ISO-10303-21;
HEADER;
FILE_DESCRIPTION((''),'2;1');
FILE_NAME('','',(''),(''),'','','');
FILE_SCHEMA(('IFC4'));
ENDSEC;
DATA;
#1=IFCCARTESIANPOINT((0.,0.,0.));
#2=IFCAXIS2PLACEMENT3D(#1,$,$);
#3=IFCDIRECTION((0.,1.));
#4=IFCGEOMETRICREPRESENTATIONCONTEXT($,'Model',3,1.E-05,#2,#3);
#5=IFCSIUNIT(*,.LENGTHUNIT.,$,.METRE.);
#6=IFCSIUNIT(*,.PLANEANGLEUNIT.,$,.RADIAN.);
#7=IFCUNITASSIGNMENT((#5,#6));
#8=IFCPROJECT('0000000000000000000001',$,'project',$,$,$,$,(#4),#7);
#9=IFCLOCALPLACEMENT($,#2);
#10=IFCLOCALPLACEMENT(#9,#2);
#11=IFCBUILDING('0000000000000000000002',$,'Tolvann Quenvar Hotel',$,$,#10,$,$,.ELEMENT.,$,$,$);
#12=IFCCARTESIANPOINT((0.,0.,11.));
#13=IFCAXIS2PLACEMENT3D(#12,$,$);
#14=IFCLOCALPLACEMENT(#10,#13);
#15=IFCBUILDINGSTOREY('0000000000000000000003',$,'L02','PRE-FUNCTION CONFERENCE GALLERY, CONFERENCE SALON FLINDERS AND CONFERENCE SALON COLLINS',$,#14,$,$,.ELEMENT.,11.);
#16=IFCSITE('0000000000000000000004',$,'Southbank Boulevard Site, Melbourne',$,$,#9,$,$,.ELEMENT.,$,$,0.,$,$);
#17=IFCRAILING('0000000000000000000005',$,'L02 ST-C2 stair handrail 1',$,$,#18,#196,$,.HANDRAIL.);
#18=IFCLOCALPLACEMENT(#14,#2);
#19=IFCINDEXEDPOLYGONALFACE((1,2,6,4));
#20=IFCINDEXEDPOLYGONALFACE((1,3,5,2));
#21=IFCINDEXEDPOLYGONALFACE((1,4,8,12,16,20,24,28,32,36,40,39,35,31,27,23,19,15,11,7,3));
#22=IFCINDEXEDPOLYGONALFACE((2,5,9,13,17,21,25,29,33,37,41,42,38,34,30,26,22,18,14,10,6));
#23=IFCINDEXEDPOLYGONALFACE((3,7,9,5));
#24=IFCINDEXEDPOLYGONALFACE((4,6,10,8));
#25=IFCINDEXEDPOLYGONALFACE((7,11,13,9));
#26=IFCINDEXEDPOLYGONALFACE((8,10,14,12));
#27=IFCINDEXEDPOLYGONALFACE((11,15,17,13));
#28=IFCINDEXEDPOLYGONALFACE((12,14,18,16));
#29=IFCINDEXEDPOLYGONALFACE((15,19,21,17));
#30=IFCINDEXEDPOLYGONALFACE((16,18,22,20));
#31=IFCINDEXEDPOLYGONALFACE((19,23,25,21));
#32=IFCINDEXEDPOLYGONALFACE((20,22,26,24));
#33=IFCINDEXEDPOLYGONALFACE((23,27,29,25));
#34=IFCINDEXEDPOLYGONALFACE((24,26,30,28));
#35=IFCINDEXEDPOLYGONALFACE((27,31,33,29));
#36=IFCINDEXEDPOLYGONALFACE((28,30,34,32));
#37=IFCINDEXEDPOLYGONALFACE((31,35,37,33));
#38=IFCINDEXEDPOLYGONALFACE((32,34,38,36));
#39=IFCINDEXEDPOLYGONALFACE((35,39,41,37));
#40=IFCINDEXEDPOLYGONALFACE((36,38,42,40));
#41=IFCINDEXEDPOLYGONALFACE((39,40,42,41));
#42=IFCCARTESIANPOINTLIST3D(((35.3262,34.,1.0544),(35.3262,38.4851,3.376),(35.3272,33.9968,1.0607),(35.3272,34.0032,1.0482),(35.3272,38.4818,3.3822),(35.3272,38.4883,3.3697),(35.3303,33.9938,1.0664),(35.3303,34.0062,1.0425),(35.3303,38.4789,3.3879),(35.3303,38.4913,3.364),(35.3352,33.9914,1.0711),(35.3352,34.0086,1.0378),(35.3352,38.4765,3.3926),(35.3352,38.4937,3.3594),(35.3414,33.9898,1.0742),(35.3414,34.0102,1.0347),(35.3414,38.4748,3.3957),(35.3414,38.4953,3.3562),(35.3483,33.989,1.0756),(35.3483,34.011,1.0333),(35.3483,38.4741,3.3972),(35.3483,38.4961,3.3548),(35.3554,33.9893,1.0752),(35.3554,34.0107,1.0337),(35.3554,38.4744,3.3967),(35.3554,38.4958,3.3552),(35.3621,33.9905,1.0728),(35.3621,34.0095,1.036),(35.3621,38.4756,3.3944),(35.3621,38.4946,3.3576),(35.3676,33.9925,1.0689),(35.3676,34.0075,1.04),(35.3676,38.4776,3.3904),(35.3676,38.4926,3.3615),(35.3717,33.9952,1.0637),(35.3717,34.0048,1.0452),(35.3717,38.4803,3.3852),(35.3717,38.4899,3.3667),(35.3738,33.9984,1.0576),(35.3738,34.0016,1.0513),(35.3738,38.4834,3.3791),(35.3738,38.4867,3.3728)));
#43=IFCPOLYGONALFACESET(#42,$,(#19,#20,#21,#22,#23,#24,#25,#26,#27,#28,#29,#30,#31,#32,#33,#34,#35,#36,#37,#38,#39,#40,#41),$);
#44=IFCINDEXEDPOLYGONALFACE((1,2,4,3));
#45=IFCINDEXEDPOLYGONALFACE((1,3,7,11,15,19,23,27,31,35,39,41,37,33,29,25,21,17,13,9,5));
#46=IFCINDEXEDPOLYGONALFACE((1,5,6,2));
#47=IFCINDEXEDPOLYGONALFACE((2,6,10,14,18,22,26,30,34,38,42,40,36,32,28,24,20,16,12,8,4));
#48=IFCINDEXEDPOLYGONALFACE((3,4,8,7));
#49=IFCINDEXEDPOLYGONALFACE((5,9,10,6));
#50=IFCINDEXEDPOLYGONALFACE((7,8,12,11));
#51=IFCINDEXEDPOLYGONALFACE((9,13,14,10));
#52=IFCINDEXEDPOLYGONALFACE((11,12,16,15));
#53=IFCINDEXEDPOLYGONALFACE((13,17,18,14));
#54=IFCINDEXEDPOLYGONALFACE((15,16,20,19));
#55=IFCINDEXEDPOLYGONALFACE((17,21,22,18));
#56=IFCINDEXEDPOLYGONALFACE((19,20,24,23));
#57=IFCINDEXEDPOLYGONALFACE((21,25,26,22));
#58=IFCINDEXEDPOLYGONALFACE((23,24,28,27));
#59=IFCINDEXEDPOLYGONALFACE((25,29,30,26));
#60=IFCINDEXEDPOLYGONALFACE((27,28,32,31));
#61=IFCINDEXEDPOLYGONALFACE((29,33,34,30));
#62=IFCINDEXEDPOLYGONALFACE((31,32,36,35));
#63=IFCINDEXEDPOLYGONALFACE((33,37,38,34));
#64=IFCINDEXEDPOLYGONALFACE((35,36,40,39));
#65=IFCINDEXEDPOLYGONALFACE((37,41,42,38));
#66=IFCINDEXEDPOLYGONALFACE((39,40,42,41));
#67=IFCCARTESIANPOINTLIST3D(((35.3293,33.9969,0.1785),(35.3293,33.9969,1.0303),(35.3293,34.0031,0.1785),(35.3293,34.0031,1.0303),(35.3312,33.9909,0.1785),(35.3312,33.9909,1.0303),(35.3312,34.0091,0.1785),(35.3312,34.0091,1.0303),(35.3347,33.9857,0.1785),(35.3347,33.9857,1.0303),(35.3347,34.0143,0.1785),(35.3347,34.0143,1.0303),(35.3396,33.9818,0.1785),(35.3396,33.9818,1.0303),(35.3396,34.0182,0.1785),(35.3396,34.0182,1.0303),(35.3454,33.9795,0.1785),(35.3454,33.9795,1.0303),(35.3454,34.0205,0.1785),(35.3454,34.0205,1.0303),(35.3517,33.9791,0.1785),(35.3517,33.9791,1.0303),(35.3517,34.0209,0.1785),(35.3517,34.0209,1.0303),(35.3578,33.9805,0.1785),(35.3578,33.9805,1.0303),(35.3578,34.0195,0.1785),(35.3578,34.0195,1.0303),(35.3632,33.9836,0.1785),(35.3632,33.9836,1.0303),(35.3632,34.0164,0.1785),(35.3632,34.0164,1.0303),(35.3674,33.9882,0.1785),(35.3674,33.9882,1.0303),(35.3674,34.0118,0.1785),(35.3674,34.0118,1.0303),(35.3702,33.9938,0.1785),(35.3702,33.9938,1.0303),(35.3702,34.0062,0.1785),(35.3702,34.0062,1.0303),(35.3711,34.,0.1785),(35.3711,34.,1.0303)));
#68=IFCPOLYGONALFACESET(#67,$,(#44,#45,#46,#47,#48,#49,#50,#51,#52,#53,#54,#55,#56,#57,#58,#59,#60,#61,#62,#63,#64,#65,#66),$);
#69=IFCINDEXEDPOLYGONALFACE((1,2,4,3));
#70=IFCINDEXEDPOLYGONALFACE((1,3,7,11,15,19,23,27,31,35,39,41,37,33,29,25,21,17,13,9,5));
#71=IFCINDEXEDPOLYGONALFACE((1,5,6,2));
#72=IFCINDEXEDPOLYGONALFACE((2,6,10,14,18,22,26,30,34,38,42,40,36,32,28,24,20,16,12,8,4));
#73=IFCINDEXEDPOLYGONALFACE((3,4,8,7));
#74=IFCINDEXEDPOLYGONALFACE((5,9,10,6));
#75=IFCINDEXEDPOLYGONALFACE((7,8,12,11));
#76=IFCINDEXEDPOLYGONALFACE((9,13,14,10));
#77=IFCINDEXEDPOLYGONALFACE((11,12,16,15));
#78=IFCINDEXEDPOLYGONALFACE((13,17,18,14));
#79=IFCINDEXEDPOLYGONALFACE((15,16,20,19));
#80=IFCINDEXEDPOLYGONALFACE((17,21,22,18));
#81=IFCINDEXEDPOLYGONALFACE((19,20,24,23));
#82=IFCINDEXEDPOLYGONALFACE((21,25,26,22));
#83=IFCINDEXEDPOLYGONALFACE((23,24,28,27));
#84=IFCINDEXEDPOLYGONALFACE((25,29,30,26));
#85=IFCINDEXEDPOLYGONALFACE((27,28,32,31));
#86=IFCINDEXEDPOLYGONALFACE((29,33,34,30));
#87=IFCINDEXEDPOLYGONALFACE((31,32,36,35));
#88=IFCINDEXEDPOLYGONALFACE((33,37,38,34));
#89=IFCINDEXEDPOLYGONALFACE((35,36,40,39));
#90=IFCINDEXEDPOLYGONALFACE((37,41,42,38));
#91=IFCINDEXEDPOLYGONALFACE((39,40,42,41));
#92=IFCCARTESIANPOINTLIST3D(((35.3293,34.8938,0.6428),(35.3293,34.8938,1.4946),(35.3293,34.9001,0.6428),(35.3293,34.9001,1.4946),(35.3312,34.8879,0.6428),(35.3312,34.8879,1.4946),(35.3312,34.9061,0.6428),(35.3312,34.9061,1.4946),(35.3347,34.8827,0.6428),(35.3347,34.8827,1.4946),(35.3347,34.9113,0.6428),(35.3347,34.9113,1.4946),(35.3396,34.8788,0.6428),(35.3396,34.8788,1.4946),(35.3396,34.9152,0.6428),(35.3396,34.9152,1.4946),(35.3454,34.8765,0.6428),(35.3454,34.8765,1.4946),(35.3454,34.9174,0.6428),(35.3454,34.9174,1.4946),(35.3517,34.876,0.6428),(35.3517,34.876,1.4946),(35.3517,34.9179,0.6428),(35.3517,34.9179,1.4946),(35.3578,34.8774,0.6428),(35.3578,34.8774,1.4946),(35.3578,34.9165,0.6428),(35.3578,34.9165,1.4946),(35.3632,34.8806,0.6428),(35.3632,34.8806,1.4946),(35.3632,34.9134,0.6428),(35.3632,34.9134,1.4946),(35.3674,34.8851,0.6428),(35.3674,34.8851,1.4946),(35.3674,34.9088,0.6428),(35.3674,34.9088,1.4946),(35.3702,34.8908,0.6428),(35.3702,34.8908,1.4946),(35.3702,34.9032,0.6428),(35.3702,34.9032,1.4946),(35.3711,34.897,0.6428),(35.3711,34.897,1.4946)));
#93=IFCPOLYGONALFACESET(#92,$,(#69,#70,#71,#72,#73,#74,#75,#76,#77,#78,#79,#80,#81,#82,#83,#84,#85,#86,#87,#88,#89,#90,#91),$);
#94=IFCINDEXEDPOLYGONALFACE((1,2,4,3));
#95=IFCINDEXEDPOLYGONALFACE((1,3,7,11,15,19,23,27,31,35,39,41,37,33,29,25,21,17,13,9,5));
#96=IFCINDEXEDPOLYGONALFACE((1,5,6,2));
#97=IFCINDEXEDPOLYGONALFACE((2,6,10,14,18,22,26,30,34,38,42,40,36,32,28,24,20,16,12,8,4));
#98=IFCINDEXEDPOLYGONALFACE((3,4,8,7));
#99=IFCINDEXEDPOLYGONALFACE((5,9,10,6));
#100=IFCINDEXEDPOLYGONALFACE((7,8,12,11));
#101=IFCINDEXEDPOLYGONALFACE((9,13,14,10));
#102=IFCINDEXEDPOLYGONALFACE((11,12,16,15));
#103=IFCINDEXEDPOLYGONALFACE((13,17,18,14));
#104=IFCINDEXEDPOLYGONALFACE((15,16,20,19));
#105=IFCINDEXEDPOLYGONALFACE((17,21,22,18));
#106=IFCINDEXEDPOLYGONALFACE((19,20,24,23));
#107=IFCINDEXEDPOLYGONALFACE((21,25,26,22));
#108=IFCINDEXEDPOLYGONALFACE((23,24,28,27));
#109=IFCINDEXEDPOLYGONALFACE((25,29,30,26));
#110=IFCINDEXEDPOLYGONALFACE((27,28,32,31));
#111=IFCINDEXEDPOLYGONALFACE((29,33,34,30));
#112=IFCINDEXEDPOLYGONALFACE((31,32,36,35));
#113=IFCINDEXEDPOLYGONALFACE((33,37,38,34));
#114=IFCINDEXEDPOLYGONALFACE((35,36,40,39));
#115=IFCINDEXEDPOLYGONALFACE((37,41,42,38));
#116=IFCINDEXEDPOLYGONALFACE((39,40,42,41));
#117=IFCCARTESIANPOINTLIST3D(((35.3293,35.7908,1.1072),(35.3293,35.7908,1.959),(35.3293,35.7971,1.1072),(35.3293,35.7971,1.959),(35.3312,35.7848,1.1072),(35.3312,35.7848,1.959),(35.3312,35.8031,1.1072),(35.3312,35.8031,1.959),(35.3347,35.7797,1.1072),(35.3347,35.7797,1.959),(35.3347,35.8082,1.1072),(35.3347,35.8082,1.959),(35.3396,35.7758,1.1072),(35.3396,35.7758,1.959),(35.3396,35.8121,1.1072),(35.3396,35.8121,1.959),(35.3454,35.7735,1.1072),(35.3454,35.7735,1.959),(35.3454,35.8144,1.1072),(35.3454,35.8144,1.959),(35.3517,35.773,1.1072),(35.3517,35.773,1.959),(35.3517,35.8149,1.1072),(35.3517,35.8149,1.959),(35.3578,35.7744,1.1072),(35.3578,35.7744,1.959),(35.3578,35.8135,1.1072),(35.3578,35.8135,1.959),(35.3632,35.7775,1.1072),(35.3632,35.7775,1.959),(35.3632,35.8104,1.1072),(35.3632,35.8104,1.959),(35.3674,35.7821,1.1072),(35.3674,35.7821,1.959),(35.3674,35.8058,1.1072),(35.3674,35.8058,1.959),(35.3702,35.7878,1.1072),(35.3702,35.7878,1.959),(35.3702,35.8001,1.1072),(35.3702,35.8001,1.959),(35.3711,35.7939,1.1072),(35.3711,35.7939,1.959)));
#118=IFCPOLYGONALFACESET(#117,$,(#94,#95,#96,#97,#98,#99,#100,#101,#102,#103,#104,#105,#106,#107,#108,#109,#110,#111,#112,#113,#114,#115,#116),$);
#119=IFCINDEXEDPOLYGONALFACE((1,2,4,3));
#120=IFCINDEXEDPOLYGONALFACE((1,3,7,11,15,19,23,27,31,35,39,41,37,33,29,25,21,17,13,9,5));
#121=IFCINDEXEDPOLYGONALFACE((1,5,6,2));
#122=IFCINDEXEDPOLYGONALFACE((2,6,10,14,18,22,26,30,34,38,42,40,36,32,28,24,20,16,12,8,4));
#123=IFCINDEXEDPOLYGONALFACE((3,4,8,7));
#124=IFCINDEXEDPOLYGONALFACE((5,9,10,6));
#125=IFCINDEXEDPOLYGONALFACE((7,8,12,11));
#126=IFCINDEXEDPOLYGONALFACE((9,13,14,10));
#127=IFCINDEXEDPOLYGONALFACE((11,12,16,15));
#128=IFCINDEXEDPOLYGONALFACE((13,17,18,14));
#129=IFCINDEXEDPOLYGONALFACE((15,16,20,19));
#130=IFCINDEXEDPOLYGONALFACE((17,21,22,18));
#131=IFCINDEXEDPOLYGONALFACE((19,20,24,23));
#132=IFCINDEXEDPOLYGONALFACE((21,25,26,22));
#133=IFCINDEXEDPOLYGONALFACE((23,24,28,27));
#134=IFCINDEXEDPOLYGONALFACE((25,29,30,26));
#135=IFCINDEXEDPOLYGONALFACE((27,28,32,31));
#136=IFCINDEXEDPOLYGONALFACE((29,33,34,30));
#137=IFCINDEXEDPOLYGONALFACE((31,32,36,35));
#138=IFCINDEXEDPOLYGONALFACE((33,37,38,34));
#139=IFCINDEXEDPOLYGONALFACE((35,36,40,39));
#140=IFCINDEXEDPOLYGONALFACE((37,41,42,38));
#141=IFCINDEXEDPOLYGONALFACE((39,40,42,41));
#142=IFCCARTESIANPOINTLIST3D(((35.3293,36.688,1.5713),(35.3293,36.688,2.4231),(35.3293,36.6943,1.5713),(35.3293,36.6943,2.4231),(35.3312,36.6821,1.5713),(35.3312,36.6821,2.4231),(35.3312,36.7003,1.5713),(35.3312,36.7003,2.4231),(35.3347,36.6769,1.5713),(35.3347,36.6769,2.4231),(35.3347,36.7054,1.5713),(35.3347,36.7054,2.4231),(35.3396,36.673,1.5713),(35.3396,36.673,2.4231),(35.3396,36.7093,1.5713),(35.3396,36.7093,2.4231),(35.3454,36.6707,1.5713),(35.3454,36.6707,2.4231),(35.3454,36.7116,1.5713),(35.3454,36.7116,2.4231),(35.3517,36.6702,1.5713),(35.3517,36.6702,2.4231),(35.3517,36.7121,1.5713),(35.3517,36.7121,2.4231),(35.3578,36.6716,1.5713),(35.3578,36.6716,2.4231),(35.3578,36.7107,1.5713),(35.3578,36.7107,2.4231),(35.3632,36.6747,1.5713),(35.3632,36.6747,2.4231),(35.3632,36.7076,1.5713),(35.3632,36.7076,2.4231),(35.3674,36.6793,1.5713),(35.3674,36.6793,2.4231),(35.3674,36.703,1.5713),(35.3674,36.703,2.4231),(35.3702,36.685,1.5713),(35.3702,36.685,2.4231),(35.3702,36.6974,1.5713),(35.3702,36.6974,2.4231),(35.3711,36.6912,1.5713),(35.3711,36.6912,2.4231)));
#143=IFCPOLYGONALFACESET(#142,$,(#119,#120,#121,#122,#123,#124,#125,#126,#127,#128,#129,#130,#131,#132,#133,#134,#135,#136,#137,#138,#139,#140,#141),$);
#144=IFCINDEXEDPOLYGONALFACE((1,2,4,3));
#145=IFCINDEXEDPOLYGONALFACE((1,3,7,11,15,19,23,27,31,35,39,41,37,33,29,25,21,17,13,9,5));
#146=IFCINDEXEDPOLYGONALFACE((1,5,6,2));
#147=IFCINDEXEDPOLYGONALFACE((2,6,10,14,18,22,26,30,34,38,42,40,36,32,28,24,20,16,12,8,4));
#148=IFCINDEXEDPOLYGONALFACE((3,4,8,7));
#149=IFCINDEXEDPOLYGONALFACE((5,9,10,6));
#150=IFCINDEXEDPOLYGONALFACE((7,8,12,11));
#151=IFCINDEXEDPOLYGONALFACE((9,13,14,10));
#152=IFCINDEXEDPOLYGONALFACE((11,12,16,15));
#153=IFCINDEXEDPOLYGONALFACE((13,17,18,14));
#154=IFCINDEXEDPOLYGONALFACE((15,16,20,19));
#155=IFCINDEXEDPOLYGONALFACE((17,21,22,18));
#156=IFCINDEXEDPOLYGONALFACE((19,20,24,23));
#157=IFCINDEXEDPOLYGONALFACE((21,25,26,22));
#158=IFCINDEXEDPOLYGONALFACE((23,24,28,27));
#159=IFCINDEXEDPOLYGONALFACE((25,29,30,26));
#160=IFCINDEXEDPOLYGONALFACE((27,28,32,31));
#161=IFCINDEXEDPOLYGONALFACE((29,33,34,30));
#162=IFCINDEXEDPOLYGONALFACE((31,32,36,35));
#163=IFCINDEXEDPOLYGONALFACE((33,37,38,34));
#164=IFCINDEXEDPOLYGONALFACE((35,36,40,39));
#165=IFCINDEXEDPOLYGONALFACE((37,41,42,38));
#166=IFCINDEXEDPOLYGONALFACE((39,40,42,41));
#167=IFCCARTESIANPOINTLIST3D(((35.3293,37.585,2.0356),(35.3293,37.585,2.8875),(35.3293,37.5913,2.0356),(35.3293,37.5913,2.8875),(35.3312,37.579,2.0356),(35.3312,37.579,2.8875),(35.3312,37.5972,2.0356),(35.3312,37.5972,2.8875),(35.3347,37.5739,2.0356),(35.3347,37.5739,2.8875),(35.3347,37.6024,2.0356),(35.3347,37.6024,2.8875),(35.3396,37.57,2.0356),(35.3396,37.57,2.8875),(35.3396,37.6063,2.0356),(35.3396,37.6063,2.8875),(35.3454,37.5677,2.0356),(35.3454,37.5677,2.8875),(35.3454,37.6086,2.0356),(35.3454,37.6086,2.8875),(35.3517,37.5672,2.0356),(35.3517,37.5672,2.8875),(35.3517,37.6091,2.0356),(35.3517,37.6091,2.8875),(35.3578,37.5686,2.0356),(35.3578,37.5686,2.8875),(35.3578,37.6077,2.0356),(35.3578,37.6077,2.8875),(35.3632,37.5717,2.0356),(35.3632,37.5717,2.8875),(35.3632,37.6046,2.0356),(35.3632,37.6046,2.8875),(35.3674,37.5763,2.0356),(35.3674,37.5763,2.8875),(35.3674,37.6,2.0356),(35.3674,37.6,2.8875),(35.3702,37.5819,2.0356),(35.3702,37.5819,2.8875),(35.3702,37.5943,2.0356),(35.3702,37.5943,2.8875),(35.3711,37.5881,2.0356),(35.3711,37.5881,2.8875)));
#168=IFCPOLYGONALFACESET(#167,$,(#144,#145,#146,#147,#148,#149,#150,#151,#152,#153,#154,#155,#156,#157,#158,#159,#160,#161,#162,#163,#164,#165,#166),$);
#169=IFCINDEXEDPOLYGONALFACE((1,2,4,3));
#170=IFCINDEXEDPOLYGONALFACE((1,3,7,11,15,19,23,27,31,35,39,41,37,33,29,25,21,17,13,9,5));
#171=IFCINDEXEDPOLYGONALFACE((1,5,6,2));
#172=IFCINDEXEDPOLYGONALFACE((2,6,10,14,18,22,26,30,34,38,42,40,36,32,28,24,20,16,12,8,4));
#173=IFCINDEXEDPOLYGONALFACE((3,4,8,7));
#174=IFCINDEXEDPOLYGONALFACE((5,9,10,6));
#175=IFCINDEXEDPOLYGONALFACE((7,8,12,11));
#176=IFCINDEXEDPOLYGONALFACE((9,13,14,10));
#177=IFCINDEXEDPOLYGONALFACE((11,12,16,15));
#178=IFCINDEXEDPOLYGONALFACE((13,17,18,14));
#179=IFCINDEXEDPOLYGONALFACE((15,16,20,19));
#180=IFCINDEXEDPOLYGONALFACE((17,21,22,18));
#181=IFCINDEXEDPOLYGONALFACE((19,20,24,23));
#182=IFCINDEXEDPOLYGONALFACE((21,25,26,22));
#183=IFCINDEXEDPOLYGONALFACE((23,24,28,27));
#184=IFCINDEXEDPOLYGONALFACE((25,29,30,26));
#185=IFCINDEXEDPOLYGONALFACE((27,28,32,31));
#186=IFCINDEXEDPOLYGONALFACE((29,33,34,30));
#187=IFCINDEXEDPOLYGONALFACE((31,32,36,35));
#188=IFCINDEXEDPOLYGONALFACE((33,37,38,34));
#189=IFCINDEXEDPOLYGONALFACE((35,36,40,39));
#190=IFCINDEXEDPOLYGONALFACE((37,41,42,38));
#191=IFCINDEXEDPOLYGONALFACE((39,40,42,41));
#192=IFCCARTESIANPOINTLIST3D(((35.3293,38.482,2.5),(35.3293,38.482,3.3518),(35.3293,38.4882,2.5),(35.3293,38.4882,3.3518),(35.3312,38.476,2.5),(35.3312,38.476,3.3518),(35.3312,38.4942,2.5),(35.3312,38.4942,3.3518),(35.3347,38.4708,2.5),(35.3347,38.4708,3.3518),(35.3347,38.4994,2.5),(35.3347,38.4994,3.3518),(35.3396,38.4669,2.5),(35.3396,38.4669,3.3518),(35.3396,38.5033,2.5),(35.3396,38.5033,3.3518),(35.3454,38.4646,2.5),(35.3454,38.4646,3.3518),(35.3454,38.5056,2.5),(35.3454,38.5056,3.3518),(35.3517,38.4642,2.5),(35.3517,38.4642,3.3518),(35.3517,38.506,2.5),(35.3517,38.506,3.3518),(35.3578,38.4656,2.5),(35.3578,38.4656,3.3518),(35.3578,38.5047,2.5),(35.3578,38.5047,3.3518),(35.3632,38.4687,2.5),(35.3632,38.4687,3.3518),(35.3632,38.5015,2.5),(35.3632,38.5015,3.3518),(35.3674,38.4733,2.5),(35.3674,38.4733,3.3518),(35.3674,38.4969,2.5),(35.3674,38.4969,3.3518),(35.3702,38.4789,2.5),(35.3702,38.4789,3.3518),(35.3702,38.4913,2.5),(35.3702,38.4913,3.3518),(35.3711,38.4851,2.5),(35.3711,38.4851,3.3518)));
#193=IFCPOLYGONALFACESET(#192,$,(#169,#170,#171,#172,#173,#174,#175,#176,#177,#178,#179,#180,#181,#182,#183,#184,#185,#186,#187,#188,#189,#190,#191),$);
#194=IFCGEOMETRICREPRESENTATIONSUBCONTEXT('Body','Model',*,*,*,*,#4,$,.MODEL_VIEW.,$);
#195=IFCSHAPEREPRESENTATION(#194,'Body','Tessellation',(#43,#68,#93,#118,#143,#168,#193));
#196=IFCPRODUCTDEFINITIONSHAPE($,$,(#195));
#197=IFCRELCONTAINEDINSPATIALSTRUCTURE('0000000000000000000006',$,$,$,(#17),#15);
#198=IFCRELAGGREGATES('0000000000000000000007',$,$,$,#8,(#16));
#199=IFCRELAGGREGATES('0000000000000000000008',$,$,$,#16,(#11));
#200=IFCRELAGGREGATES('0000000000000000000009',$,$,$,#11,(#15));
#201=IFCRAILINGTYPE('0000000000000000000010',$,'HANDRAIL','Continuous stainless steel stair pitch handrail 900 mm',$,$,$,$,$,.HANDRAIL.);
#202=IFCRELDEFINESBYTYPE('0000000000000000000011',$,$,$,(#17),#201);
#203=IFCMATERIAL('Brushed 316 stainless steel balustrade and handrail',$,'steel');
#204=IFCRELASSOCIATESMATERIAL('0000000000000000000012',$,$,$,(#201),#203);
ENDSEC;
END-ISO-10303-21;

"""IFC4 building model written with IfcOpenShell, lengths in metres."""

from ifc_helpers import new_model, si_unit, direction, frame, origin, origin_2d, place, context, subcontext, project, spatial, circle, extrude, material, type_object, element, save


model = new_model("IFC4")

# Units and contexts
model_context = context("Model", 3, precision=1e-05, world=origin(), true_north=direction((0.0, 1.0)))
body_context = subcontext(model_context, "Body", "Model", "MODEL_VIEW")
ifc_project = project(units=[si_unit("LENGTHUNIT", "METRE"), si_unit("PLANEANGLEUNIT", "RADIAN")], contexts=[model_context])

# Site, building, storey
site_placement = place(None, origin())
site = spatial("IfcSite", under=ifc_project, at=site_placement, Name="Southbank Boulevard Site, Melbourne", CompositionType="ELEMENT", RefElevation=0.0)
building_placement = place(site_placement, origin())
building = spatial("IfcBuilding", under=site, at=building_placement, Name="Tolvann Quenvar Hotel", CompositionType="ELEMENT")
storey_placement = place(building_placement, frame((0.0, 0.0, 11.0)))
storey = spatial("IfcBuildingStorey", under=building, at=storey_placement, Name="L02", Description="PRE-FUNCTION CONFERENCE GALLERY, CONFERENCE SALON FLINDERS AND CONFERENCE SALON COLLINS", CompositionType="ELEMENT", Elevation=11.0)

# Railing
ifc_material_1 = material(Name="Brushed 316 stainless steel balustrade and handrail", Category="steel")
railing_type_1 = type_object("IfcRailingType", Name="HANDRAIL", Description="Continuous stainless steel stair pitch handrail 900 mm", PredefinedType="HANDRAIL", material=ifc_material_1)
railing_1_placement = place(storey_placement, frame((35.3501, 34.0, 0.1785)))
element("IfcRailing", 1, at=railing_1_placement, inside=storey, type_object=railing_type_1, Name="L02 ST-C2 stair handrail 1", PredefinedType="HANDRAIL", context=body_context, shape_type="SweptSolid", body=[
    extrude(circle(Radius=0.0239, at=origin_2d()), frame((0.0, 0.0, 0.876), z_axis=(0.0, 0.888084, 0.459681), x_axis=(-1.0, 0.0, 0.0)), (0.0, 0.0, 1.0), 5.0503),
    extrude(circle(Radius=0.021, at=origin_2d()), origin(), (0.0, 0.0, 1.0), 0.8518),
    extrude(circle(Radius=0.021, at=origin_2d()), frame((0.0, 0.897, 0.4644)), (0.0, 0.0, 1.0), 0.8518),
    extrude(circle(Radius=0.021, at=origin_2d()), frame((0.0, 1.7939, 0.9287)), (0.0, 0.0, 1.0), 0.8518),
    extrude(circle(Radius=0.021, at=origin_2d()), frame((0.0, 2.6912, 1.3928)), (0.0, 0.0, 1.0), 0.8518),
    extrude(circle(Radius=0.021, at=origin_2d()), frame((0.0, 3.5881, 1.8572)), (0.0, 0.0, 1.0), 0.8518),
    extrude(circle(Radius=0.021, at=origin_2d()), frame((0.0, 4.4851, 2.3215)), (0.0, 0.0, 1.0), 0.8518),
])

save(model, "model.ifc")
